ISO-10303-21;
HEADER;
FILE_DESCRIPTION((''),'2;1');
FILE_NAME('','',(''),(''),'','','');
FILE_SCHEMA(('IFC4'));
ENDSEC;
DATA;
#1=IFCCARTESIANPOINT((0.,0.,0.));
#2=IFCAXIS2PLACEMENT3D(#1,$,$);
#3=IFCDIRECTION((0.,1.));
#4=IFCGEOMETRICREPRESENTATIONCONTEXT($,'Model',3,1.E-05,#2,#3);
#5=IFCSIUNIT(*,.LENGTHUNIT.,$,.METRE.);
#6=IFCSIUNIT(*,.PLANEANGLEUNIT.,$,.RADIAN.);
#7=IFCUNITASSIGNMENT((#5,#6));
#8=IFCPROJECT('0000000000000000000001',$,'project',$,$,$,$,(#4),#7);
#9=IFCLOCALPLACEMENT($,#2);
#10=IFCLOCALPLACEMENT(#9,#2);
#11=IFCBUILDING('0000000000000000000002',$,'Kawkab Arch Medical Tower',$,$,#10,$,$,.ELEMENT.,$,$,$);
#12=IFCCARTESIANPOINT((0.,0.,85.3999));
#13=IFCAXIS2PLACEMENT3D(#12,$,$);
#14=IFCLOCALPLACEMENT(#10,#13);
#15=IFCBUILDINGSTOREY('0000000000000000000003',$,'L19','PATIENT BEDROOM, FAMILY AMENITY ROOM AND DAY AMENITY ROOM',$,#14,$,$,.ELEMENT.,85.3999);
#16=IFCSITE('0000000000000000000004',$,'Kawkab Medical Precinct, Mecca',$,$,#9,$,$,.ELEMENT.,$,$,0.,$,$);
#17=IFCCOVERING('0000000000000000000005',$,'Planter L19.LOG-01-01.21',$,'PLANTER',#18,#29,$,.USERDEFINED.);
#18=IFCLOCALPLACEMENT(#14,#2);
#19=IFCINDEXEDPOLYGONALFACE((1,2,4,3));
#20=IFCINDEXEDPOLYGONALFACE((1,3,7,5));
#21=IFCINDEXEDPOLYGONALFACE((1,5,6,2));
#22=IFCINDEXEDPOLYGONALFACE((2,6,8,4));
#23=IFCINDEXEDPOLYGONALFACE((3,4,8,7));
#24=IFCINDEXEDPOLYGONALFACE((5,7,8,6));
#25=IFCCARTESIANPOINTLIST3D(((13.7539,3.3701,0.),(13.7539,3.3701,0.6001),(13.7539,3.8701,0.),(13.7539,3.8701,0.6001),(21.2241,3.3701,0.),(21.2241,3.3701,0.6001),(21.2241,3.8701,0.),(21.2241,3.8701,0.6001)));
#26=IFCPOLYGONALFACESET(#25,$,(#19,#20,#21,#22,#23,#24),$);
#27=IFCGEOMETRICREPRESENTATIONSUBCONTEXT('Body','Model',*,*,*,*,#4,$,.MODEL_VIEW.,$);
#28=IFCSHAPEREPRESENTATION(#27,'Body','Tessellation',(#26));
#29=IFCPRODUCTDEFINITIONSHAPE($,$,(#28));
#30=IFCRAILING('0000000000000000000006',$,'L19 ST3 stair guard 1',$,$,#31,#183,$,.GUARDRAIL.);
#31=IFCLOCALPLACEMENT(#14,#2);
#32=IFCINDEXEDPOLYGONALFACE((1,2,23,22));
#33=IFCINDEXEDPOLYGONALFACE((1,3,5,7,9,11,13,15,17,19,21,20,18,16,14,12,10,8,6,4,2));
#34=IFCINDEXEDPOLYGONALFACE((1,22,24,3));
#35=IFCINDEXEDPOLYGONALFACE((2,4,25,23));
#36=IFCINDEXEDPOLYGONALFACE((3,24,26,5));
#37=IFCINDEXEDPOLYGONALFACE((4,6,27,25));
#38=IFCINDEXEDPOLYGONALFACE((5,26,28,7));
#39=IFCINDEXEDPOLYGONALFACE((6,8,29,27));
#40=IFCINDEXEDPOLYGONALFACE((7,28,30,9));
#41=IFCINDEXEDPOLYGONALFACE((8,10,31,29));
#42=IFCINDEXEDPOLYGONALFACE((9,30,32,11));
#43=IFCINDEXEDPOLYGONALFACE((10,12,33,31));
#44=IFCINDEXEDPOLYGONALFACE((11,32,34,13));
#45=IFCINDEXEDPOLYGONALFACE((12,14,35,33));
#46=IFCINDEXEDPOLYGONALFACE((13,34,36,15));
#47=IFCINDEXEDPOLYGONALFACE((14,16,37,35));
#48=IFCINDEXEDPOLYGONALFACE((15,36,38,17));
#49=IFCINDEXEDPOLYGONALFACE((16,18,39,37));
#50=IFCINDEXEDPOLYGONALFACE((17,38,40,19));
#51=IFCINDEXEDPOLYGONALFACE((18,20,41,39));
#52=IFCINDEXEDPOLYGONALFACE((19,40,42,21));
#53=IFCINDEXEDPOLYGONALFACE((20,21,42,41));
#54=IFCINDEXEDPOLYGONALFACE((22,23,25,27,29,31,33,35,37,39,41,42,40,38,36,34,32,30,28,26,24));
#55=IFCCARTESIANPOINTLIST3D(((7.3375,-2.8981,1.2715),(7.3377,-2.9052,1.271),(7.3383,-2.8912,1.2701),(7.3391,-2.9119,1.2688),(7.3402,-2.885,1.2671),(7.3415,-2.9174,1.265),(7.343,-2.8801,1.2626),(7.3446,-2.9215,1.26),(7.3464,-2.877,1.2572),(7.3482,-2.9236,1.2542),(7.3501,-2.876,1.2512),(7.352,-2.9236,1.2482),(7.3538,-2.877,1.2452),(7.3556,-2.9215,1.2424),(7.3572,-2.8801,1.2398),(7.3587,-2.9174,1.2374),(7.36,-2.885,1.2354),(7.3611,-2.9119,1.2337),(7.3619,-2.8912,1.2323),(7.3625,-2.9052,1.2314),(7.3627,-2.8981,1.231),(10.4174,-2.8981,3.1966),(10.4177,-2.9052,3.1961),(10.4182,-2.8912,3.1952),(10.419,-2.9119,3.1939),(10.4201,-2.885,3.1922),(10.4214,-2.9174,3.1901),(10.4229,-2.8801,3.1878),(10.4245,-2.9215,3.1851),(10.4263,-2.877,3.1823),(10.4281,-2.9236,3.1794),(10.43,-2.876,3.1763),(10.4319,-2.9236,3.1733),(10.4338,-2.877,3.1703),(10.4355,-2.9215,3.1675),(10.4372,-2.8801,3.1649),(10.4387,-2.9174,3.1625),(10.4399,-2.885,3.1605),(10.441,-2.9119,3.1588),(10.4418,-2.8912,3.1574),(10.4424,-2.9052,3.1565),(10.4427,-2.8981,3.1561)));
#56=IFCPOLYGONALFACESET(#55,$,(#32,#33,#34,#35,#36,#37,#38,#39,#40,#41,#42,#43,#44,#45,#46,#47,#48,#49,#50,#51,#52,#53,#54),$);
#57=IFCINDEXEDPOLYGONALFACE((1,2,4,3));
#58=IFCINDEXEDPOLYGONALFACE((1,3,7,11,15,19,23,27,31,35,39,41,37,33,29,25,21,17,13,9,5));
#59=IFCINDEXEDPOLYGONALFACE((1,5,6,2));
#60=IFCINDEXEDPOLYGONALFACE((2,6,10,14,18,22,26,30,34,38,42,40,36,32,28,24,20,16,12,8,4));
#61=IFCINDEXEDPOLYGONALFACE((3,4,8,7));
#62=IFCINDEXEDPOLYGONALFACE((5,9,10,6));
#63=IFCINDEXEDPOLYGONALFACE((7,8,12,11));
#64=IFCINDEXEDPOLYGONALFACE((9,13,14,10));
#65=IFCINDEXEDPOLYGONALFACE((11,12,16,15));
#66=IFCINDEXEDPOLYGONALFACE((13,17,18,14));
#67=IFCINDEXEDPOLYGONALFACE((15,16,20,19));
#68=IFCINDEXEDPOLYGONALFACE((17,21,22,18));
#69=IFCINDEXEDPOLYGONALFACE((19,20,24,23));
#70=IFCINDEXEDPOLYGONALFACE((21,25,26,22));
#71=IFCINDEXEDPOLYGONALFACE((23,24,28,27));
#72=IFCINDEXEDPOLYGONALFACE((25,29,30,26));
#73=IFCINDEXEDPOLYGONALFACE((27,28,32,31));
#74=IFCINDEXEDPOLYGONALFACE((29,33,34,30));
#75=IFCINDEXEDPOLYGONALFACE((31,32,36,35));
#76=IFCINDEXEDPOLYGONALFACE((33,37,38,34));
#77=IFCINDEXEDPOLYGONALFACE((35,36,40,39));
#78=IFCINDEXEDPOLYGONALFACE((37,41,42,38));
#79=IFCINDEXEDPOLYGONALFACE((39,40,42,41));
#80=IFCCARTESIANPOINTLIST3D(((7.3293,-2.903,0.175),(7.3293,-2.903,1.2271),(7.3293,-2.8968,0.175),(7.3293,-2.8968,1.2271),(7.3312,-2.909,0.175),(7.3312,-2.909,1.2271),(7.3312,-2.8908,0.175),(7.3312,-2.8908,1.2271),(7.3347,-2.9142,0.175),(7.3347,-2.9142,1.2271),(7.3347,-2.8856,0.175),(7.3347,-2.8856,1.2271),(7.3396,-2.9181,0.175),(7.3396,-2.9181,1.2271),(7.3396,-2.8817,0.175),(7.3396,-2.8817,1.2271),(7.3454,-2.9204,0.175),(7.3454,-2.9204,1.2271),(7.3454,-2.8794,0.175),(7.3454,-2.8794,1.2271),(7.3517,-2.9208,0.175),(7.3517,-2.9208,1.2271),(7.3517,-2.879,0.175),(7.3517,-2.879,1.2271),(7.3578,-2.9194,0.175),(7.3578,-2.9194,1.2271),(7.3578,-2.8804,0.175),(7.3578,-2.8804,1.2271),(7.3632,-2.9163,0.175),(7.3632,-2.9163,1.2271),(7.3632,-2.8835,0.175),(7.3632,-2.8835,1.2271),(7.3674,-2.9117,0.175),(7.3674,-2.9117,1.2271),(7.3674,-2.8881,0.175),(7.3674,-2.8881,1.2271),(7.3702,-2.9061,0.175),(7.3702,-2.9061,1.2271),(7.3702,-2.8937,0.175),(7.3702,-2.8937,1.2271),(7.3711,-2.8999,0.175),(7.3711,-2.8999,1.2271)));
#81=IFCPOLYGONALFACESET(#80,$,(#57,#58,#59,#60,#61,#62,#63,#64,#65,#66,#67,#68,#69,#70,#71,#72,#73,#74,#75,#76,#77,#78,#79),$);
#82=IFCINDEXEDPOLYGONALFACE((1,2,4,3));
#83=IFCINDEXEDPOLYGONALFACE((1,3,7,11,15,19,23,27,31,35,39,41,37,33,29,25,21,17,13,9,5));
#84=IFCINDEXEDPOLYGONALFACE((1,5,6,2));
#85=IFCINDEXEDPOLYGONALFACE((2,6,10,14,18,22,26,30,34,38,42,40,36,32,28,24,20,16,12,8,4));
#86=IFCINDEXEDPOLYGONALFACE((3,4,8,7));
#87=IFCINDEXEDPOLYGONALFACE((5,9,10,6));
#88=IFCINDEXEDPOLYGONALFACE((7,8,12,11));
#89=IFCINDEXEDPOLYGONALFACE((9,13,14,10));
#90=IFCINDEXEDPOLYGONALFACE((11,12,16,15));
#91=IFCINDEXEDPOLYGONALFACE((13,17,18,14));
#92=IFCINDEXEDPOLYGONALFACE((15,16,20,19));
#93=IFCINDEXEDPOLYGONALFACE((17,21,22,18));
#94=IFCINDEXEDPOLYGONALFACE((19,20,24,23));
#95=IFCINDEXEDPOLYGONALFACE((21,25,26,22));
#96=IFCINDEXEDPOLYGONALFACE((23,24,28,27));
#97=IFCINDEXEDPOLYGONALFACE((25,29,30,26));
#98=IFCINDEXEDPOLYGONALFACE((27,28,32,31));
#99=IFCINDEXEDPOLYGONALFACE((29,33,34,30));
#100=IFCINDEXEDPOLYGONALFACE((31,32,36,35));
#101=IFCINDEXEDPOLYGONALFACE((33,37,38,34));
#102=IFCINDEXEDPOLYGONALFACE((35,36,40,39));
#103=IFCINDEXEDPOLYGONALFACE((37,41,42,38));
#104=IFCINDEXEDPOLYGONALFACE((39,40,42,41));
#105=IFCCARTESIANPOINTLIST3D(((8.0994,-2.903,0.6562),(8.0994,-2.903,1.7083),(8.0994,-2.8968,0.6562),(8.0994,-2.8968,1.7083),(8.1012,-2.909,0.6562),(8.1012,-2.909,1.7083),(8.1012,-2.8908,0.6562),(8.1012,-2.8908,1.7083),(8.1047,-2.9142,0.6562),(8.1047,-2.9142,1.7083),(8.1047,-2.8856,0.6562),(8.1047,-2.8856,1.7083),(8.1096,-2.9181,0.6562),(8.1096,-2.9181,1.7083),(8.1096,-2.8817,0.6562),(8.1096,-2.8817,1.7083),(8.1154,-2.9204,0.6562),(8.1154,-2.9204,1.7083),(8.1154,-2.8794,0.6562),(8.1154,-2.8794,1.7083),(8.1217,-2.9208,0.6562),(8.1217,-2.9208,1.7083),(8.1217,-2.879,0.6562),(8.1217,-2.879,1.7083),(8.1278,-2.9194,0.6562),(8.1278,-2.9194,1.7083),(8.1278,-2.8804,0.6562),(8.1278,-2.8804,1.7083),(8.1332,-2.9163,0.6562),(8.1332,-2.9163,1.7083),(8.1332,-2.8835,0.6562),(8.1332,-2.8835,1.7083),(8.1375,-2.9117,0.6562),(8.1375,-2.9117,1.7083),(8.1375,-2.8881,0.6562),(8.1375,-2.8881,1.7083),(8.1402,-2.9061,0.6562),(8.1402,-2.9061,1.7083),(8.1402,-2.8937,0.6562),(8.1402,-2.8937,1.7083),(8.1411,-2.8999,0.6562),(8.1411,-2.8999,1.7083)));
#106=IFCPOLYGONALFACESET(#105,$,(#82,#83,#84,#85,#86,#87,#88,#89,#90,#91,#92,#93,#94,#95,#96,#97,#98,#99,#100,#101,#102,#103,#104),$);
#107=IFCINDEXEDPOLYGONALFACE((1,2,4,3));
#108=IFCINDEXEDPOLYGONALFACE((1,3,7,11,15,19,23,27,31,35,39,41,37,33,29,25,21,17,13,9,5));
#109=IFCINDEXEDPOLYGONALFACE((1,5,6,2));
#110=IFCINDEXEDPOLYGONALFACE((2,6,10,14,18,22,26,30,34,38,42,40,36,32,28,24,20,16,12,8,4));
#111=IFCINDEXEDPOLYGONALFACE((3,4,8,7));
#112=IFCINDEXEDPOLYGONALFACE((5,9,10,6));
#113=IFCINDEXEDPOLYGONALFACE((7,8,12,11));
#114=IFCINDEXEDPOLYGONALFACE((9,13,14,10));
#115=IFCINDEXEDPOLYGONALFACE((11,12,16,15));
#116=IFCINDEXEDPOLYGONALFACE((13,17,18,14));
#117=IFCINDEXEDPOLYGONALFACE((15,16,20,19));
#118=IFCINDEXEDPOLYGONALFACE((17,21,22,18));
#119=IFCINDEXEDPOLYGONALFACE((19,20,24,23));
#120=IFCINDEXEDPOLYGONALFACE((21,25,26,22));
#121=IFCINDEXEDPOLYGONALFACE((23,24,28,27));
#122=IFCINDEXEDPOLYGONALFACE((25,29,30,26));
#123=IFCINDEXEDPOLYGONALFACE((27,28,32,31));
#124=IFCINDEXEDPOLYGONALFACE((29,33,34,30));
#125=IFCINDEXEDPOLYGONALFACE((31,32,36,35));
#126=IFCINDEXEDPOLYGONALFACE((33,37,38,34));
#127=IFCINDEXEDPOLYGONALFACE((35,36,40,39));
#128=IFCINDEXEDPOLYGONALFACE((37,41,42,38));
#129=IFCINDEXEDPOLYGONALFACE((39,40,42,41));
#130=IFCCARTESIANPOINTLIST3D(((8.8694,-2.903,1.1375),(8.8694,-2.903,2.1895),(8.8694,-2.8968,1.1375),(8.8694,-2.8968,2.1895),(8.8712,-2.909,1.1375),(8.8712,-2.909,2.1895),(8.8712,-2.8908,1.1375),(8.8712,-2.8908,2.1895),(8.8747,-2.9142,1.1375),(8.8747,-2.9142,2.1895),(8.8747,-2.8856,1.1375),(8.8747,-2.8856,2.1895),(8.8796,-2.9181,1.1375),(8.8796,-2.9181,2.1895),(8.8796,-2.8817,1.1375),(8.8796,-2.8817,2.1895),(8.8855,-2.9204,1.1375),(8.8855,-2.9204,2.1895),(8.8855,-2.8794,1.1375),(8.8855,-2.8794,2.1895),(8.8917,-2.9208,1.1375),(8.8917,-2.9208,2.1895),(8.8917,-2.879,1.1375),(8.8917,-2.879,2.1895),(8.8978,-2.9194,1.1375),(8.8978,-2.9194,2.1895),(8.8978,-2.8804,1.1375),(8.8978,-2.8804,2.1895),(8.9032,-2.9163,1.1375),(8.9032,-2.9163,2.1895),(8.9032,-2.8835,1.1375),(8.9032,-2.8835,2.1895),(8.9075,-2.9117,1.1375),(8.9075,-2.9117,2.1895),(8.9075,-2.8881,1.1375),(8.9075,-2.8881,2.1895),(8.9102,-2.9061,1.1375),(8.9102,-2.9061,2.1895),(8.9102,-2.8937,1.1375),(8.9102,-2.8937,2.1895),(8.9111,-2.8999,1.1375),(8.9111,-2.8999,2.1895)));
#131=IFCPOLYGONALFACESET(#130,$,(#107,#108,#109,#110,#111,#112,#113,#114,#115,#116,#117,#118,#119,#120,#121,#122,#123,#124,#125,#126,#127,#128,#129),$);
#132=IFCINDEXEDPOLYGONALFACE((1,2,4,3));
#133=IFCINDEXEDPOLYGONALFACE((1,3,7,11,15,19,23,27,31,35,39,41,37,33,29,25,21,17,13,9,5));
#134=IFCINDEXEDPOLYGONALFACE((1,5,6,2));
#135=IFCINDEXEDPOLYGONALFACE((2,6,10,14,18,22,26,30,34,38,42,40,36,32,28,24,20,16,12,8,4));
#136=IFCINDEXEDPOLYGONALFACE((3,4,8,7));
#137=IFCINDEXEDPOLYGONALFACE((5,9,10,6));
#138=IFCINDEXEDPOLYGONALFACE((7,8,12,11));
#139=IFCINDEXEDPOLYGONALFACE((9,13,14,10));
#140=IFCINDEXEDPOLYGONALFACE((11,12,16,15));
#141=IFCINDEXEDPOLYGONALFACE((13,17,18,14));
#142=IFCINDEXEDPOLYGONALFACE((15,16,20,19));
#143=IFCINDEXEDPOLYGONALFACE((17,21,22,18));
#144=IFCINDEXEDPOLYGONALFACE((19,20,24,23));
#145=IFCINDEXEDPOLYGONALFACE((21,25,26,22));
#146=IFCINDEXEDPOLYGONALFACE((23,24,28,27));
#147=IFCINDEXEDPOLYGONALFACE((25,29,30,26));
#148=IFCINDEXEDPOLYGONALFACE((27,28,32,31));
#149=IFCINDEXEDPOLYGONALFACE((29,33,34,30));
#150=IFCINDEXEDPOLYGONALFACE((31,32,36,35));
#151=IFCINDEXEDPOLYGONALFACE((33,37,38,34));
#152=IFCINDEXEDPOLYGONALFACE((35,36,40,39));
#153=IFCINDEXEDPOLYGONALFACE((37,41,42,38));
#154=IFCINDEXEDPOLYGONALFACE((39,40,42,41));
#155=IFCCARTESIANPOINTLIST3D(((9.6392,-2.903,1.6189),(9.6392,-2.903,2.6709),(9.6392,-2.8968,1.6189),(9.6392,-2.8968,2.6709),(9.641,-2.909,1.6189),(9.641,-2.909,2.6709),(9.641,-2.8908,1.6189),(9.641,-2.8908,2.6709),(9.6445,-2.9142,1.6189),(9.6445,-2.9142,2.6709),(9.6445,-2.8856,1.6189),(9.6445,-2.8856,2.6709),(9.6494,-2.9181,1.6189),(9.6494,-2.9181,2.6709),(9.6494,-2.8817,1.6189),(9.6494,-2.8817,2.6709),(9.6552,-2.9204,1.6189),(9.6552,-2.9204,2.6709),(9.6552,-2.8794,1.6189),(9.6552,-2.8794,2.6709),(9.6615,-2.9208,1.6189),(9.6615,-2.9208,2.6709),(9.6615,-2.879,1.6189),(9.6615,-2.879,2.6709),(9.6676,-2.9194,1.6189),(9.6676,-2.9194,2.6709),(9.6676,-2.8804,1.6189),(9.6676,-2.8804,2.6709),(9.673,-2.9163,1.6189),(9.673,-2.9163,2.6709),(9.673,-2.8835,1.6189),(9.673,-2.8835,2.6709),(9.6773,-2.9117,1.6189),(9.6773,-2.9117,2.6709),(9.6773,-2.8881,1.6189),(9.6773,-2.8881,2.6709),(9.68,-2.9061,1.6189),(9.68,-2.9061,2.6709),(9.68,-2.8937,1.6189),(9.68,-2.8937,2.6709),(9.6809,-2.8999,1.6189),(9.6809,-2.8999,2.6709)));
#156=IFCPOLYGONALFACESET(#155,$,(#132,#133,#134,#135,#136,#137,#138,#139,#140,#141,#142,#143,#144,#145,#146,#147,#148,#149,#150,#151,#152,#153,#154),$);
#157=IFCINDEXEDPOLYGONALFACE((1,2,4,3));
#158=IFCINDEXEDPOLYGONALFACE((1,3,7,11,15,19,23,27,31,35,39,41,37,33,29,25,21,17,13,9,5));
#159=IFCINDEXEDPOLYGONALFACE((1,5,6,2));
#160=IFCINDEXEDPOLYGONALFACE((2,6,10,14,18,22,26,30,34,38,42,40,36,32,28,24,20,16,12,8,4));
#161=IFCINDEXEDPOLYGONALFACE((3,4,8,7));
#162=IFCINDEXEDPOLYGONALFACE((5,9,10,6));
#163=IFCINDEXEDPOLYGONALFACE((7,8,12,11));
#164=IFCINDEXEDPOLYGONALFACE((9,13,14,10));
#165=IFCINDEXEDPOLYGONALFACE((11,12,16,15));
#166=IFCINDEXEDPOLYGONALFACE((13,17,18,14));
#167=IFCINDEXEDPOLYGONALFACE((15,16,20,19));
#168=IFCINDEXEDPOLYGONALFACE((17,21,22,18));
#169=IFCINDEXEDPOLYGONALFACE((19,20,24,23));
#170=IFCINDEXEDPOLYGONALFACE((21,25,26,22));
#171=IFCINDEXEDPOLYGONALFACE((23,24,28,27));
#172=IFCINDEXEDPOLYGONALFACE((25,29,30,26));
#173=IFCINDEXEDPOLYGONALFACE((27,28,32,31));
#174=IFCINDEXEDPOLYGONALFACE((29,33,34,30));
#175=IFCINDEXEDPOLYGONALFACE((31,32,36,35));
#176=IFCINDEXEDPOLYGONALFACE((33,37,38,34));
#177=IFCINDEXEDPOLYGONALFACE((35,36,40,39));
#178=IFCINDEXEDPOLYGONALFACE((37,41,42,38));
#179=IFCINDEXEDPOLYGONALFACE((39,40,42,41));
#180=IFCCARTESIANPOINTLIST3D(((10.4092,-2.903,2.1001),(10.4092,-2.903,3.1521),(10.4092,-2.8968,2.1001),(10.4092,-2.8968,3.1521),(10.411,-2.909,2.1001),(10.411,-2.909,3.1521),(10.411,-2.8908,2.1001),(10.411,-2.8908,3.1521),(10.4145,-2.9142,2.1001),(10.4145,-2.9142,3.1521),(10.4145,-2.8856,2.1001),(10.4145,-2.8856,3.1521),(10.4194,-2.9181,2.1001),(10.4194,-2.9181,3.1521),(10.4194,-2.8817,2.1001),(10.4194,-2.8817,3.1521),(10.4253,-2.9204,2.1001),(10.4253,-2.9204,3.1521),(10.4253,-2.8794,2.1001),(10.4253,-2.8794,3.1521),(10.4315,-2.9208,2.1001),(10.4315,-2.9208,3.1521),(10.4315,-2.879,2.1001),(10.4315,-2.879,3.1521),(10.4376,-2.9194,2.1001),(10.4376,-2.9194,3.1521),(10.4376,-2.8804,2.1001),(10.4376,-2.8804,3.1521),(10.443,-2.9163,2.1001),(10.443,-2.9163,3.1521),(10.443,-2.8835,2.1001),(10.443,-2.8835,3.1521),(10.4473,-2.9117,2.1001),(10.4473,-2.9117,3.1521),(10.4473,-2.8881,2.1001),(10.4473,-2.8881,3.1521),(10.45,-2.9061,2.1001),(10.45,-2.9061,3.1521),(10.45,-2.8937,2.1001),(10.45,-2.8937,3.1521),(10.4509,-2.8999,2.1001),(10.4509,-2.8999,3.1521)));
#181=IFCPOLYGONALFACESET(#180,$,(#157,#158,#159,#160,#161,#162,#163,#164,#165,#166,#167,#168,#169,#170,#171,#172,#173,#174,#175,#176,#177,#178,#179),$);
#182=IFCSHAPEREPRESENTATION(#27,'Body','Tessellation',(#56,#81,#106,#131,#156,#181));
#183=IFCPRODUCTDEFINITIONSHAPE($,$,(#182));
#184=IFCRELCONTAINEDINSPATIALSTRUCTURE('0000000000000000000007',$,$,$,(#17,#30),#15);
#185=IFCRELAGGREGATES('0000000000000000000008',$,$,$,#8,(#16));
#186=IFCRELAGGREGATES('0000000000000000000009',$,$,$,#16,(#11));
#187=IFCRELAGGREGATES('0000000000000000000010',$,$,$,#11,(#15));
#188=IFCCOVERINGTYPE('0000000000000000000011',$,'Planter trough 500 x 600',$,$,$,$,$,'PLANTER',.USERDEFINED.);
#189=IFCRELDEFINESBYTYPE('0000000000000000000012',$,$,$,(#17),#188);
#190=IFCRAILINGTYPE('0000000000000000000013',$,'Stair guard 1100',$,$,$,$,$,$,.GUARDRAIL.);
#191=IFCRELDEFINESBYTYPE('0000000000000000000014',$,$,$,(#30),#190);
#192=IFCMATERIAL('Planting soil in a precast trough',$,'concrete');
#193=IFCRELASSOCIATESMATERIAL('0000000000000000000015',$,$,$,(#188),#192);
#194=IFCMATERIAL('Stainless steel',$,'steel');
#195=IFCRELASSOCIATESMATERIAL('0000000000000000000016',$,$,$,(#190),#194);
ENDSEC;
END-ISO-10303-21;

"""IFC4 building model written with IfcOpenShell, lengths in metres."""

from ifc_helpers import new_model, si_unit, direction, frame, origin, origin_2d, place, context, subcontext, project, spatial, rectangle, circle, extrude, material, material_profile, profile_set, type_object, element, save


model = new_model("IFC4")

# Units and contexts
model_context = context("Model", 3, precision=1e-05, world=origin(), true_north=direction((0.0, 1.0)))
body_context = subcontext(model_context, "Body", "Model", "MODEL_VIEW")
ifc_project = project(units=[si_unit("LENGTHUNIT", "METRE"), si_unit("PLANEANGLEUNIT", "RADIAN")], contexts=[model_context])

# Site, building, storey
site_placement = place(None, origin())
site = spatial("IfcSite", under=ifc_project, at=site_placement, Name="Kawkab Medical Precinct, Mecca", CompositionType="ELEMENT", RefElevation=0.0)
building_placement = place(site_placement, origin())
building = spatial("IfcBuilding", under=site, at=building_placement, Name="Kawkab Arch Medical Tower", CompositionType="ELEMENT")
storey_placement = place(building_placement, frame((0.0, 0.0, 85.3999)))
storey = spatial("IfcBuildingStorey", under=building, at=storey_placement, Name="L19", Description="PATIENT BEDROOM, FAMILY AMENITY ROOM AND DAY AMENITY ROOM", CompositionType="ELEMENT", Elevation=85.3999)

# Covering
ifc_material_1 = material(Name="Planting soil in a precast trough", Category="concrete")
ifc_material_profile_1 = material_profile(ifc_material_1, rectangle(XDim=0.5, YDim=0.6001, at=origin_2d()), Name="Trough 500x600")
ifc_profile_set_1 = profile_set([ifc_material_profile_1], Name="Planting soil in a precast trough")
covering_type_1 = type_object("IfcCoveringType", Name="Planter trough 500 x 600", ElementType="PLANTER", PredefinedType="USERDEFINED", material=ifc_profile_set_1)
covering_1_placement = place(storey_placement, frame((13.7539, 3.6201, 0.3), z_axis=(1.0, 0.0, 0.0), x_axis=(0.0, 1.0, 0.0)))
element("IfcCovering", 1, at=covering_1_placement, inside=storey, type_object=covering_type_1, Name="Planter L19.LOG-01-01.21", ObjectType="PLANTER", PredefinedType="USERDEFINED", context=body_context, shape_type="SweptSolid", body=[
    extrude(rectangle(XDim=0.5, YDim=0.6001, at=origin_2d()), origin(), (0.0, 0.0, 1.0), 7.4702),
])

# Railing
ifc_material_2 = material(Name="Stainless steel", Category="steel")
railing_type_1 = type_object("IfcRailingType", Name="Stair guard 1100", PredefinedType="GUARDRAIL", material=ifc_material_2)
railing_1_placement = place(storey_placement, frame((7.3501, -2.8999, 0.175)))
element("IfcRailing", 2, at=railing_1_placement, inside=storey, type_object=railing_type_1, Name="L19 ST3 stair guard 1", PredefinedType="GUARDRAIL", context=body_context, shape_type="SweptSolid", body=[
    extrude(circle(Radius=0.0239, at=origin_2d()), frame((0.0, 0.0, 1.0762), z_axis=(0.847979, 0.0, 0.530029), x_axis=(0.0, 1.0, 0.0)), (0.0, 0.0, 1.0), 3.6321),
    extrude(circle(Radius=0.021, at=origin_2d()), origin(), (0.0, 0.0, 1.0), 1.052),
    extrude(circle(Radius=0.021, at=origin_2d()), frame((0.77, 0.0, 0.4812)), (0.0, 0.0, 1.0), 1.052),
    extrude(circle(Radius=0.021, at=origin_2d()), frame((1.54, 0.0, 0.9624)), (0.0, 0.0, 1.0), 1.052),
    extrude(circle(Radius=0.021, at=origin_2d()), frame((2.3098, 0.0, 1.4438)), (0.0, 0.0, 1.0), 1.052),
    extrude(circle(Radius=0.021, at=origin_2d()), frame((3.0798, 0.0, 1.925)), (0.0, 0.0, 1.0), 1.052),
])

save(model, "model.ifc")
